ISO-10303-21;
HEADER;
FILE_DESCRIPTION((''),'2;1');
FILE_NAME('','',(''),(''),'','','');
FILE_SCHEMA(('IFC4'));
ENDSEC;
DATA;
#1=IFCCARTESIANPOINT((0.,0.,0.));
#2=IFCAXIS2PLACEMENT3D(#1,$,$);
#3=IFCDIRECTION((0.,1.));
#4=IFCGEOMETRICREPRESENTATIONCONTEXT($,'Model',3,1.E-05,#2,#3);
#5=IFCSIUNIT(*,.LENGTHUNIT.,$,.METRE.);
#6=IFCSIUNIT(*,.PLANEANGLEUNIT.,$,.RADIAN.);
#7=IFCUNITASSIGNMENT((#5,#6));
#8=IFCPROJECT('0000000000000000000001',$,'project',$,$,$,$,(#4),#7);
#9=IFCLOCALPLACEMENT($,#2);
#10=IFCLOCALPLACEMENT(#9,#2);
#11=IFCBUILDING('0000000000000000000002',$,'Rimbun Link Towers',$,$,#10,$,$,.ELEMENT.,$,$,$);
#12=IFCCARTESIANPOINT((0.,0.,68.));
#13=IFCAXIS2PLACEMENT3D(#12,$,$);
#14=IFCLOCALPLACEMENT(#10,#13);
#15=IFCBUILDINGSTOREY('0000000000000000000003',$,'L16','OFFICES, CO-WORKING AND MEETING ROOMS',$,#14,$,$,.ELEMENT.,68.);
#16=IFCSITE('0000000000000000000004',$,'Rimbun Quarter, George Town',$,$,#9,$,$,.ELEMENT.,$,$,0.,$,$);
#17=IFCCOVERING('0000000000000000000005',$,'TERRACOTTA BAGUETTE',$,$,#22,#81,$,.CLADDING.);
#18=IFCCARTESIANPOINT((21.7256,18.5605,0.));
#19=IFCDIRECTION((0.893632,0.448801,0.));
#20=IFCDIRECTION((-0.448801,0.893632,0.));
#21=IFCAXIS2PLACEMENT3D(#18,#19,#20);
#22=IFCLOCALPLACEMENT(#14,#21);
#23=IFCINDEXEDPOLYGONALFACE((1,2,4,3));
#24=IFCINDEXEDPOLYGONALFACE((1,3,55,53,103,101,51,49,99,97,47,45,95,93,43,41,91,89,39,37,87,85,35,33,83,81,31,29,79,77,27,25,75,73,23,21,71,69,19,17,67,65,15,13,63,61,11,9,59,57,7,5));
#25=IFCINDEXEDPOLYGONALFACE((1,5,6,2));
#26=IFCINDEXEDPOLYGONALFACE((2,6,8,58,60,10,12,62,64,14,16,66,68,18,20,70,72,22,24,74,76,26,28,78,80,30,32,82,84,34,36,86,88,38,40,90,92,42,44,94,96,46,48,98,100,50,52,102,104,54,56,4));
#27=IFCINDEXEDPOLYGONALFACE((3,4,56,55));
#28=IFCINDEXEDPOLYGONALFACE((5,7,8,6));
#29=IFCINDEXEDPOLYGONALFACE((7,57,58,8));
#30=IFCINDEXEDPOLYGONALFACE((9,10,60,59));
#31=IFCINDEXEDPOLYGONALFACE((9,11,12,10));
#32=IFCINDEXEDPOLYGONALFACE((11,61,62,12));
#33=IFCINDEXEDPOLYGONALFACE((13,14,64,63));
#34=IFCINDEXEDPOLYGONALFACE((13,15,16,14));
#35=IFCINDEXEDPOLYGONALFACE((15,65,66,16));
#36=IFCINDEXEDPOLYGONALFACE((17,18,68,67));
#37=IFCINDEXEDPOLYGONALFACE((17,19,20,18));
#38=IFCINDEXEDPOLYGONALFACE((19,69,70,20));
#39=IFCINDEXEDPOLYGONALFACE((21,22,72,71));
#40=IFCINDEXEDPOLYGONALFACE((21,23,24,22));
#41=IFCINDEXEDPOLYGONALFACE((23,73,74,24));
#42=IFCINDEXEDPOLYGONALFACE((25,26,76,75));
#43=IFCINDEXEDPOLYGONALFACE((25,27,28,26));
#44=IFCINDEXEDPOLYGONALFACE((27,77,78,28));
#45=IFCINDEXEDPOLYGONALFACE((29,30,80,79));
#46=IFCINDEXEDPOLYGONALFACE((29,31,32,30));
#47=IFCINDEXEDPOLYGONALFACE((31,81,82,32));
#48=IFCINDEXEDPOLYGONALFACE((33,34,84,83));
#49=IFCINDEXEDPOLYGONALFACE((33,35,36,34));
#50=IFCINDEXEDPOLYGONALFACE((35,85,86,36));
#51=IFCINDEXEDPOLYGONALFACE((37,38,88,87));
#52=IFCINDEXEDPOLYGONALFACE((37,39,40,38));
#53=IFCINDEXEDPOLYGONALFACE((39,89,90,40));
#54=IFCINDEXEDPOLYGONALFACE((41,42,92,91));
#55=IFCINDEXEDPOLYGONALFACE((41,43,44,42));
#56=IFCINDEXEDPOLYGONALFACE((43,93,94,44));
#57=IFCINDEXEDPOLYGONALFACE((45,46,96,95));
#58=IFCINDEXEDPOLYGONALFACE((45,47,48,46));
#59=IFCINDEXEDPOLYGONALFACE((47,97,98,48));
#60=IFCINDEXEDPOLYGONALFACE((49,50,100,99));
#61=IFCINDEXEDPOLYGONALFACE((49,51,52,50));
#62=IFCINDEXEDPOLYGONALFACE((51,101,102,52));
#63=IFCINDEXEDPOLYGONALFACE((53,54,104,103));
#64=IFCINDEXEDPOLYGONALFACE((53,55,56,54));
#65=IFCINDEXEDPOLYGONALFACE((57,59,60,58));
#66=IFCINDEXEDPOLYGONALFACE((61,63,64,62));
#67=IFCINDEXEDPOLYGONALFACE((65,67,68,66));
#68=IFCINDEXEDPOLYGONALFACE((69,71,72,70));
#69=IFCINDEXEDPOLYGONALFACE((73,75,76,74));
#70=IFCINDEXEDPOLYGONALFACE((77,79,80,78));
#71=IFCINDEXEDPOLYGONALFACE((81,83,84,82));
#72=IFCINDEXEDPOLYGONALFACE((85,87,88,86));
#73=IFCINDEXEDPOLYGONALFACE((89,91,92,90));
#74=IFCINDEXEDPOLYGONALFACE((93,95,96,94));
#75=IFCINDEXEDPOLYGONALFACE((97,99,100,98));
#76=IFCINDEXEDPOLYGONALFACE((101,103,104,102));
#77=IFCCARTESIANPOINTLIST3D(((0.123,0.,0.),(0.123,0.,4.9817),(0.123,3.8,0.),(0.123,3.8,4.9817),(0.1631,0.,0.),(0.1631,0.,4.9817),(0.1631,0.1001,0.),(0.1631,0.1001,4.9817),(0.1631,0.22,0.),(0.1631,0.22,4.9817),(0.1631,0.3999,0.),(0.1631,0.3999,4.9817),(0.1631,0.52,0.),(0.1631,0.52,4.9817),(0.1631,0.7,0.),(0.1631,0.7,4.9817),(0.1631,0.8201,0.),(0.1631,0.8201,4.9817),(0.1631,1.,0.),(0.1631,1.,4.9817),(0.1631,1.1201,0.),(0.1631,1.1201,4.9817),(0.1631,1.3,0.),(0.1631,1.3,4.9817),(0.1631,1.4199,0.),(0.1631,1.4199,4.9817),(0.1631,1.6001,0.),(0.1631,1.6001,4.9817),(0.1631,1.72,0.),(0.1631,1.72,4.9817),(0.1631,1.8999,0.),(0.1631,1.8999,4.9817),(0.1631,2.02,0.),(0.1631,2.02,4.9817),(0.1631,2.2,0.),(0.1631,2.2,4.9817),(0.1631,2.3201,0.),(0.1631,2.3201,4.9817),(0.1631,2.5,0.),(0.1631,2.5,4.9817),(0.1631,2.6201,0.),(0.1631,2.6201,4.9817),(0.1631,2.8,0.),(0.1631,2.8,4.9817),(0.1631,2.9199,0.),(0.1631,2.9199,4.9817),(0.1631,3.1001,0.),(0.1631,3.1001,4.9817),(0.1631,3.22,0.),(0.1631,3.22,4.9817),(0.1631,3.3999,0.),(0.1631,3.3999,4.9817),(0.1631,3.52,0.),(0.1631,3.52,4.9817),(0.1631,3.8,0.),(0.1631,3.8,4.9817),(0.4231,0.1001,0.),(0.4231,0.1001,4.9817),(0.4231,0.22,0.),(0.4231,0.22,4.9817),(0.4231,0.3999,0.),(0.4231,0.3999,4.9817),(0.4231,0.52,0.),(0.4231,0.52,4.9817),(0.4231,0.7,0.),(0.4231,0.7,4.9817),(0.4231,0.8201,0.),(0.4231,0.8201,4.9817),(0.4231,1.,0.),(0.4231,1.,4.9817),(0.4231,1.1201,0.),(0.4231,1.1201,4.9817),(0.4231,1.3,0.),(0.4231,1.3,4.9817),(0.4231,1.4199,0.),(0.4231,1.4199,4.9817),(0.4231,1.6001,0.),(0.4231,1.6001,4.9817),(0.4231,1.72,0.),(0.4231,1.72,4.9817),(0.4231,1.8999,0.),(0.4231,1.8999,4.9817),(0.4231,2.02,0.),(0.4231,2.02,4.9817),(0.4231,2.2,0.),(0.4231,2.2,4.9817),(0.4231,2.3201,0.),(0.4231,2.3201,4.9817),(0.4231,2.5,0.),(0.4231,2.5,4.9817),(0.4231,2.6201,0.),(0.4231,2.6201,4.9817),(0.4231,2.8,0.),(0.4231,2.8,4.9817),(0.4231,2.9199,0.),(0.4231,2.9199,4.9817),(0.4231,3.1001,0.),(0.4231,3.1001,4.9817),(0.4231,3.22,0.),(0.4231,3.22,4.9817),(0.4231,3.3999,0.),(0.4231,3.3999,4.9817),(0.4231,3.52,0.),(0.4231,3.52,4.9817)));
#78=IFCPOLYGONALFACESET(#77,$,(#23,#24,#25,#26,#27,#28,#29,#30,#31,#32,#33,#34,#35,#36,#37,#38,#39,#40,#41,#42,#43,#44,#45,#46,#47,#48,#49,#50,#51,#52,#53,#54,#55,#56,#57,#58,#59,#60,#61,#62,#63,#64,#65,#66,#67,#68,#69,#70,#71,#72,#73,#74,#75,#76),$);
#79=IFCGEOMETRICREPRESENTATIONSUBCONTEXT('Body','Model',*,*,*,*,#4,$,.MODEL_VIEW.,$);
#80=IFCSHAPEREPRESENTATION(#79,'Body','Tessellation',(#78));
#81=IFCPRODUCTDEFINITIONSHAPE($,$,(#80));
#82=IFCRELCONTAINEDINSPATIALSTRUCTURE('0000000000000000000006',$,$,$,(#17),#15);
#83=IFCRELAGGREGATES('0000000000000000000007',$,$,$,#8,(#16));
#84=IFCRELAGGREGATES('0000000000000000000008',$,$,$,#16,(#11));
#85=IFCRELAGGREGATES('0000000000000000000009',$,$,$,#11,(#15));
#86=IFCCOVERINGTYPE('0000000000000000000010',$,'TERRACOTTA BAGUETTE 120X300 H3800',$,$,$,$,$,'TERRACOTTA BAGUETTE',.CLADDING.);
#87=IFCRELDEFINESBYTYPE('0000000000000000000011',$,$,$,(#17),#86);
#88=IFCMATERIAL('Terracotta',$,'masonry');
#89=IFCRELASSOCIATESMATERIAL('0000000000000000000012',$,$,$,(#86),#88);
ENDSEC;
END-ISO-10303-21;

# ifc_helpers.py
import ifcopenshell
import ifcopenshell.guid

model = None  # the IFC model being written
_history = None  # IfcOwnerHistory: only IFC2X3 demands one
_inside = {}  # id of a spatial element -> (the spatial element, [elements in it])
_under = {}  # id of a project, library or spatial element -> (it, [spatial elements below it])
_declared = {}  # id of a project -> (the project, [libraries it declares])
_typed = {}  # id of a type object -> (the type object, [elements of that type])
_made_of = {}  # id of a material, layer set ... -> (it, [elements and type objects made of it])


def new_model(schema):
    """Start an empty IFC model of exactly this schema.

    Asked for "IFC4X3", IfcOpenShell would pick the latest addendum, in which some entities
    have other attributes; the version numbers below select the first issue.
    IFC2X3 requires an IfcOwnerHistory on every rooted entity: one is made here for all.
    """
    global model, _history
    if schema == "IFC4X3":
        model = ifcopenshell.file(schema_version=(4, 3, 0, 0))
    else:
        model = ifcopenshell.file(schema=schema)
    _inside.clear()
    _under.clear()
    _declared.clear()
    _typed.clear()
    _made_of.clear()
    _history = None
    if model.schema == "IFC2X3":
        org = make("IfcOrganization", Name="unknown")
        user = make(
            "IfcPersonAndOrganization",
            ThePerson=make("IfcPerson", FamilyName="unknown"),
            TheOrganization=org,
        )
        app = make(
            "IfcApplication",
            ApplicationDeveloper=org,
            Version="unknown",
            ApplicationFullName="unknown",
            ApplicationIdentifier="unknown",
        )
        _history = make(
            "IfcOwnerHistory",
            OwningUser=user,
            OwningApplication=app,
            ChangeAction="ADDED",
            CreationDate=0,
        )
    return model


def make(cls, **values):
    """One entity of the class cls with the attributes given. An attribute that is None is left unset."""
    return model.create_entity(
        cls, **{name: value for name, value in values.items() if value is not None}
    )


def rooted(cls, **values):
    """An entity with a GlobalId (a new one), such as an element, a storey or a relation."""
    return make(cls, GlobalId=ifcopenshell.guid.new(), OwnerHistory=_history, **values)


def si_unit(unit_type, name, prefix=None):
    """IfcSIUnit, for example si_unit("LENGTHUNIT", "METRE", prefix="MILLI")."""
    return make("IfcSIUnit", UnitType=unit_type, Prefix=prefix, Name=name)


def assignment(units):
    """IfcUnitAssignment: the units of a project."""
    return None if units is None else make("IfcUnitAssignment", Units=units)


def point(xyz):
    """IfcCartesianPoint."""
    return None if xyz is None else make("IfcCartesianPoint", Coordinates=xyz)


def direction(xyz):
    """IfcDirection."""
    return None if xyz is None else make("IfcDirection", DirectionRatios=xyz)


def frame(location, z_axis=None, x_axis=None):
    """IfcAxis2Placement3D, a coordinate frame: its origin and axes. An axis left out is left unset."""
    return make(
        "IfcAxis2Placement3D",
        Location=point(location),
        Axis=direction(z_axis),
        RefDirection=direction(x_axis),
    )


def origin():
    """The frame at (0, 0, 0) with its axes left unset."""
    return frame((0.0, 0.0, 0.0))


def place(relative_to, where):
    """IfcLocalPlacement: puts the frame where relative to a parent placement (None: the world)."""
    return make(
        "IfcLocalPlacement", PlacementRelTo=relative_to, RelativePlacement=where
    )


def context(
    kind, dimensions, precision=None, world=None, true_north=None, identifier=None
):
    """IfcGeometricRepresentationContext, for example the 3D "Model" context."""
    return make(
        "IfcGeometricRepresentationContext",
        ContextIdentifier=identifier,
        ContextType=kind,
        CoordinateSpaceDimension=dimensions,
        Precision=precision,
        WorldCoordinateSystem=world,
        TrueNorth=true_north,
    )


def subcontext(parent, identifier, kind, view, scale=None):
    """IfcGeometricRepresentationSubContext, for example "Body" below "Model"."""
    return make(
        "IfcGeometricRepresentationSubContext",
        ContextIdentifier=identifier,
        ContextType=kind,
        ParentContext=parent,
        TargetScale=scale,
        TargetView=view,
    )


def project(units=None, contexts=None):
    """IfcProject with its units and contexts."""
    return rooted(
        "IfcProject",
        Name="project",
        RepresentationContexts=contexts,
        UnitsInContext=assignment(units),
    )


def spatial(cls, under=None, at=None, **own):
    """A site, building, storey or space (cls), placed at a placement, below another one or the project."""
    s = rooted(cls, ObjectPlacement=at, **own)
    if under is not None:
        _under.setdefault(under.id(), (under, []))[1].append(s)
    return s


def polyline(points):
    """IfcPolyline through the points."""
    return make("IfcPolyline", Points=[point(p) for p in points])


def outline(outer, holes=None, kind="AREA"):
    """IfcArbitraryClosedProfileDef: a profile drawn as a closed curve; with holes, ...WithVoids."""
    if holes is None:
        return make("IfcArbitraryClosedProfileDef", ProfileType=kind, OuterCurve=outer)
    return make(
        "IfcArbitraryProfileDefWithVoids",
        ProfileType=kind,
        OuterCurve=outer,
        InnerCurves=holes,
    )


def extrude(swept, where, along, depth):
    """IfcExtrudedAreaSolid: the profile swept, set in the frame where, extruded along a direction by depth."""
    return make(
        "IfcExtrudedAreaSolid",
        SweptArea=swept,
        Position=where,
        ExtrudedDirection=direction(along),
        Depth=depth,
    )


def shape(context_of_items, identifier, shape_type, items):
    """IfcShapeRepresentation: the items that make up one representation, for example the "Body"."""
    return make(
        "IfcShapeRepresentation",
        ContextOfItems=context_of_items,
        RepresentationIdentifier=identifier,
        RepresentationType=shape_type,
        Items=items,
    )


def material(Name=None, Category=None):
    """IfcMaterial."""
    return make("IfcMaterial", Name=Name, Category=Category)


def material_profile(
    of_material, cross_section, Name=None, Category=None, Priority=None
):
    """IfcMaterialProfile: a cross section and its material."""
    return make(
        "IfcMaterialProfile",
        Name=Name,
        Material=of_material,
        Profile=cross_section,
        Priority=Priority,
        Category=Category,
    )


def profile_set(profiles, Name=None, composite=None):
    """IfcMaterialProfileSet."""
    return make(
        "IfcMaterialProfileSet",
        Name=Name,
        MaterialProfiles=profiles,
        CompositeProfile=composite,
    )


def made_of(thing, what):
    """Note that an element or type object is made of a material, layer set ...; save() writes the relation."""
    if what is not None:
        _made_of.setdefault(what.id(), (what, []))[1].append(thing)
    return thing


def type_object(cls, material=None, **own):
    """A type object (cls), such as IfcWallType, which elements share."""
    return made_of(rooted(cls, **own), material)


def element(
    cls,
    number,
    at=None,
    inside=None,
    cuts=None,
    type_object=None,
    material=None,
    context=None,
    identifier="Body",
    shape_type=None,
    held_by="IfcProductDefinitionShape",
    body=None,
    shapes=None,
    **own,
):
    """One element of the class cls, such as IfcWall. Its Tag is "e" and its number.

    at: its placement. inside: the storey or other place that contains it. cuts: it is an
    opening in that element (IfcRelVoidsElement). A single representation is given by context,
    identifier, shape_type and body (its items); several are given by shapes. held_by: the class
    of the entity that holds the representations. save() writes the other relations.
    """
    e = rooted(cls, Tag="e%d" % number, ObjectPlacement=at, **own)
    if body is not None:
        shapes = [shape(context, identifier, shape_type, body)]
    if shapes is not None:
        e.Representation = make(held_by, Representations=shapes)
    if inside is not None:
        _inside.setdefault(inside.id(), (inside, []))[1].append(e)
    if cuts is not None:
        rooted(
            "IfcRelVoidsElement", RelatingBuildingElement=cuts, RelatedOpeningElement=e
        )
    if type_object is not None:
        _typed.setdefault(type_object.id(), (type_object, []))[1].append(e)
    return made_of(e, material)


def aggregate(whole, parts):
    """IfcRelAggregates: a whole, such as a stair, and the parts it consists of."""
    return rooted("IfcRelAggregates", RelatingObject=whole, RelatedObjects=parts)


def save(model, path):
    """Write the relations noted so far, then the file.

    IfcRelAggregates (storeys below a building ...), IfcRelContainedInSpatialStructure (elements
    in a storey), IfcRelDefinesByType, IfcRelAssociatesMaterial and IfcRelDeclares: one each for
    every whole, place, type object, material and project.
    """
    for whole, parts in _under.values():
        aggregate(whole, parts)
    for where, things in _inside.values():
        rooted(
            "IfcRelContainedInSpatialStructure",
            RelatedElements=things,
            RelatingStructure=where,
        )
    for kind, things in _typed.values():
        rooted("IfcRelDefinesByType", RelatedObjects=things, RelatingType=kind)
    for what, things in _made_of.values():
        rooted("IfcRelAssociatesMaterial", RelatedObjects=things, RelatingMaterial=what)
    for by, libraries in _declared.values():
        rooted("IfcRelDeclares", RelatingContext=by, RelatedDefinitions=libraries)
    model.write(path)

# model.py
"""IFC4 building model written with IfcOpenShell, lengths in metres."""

from ifc_helpers import new_model, si_unit, direction, frame, origin, place, context, subcontext, project, spatial, polyline, outline, extrude, material, material_profile, profile_set, type_object, element, save


model = new_model("IFC4")

# Units and contexts
model_context = context("Model", 3, precision=1e-05, world=origin(), true_north=direction((0.0, 1.0)))
body_context = subcontext(model_context, "Body", "Model", "MODEL_VIEW")
ifc_project = project(units=[si_unit("LENGTHUNIT", "METRE"), si_unit("PLANEANGLEUNIT", "RADIAN")], contexts=[model_context])

# Site, building, storey
site_placement = place(None, origin())
site = spatial("IfcSite", under=ifc_project, at=site_placement, Name="Rimbun Quarter, George Town", CompositionType="ELEMENT", RefElevation=0.0)
building_placement = place(site_placement, origin())
building = spatial("IfcBuilding", under=site, at=building_placement, Name="Rimbun Link Towers", CompositionType="ELEMENT")
storey_placement = place(building_placement, frame((0.0, 0.0, 68.0)))
storey = spatial("IfcBuildingStorey", under=building, at=storey_placement, Name="L16", Description="OFFICES, CO-WORKING AND MEETING ROOMS", CompositionType="ELEMENT", Elevation=68.0)

# Covering
ifc_material_1 = material(Name="Terracotta", Category="masonry")
ifc_material_profile_1 = material_profile(ifc_material_1, outline(polyline([(0.123, 0.0), (0.1631, 0.0), (0.1631, 0.1001), (0.4231, 0.1001), (0.4231, 0.22), (0.1631, 0.22), (0.1631, 0.3999), (0.4231, 0.3999), (0.4231, 0.52), (0.1631, 0.52), (0.1631, 0.7), (0.4231, 0.7), (0.4231, 0.8201), (0.1631, 0.8201), (0.1631, 1.0), (0.4231, 1.0), (0.4231, 1.1201), (0.1631, 1.1201), (0.1631, 1.3), (0.4231, 1.3), (0.4231, 1.4199), (0.1631, 1.4199), (0.1631, 1.6001), (0.4231, 1.6001), (0.4231, 1.72), (0.1631, 1.72), (0.1631, 1.8999), (0.4231, 1.8999), (0.4231, 2.02), (0.1631, 2.02), (0.1631, 2.2), (0.4231, 2.2), (0.4231, 2.3201), (0.1631, 2.3201), (0.1631, 2.5), (0.4231, 2.5), (0.4231, 2.6201), (0.1631, 2.6201), (0.1631, 2.8), (0.4231, 2.8), (0.4231, 2.9199), (0.1631, 2.9199), (0.1631, 3.1001), (0.4231, 3.1001), (0.4231, 3.22), (0.1631, 3.22), (0.1631, 3.3999), (0.4231, 3.3999), (0.4231, 3.52), (0.1631, 3.52), (0.1631, 3.8), (0.123, 3.8), (0.123, 0.0)])), Name="BAGUETTE 120X300")
ifc_profile_set_1 = profile_set([ifc_material_profile_1], Name="Terracotta")
covering_type = type_object("IfcCoveringType", Name="TERRACOTTA BAGUETTE 120X300 H3800", ElementType="TERRACOTTA BAGUETTE", PredefinedType="CLADDING", material=ifc_profile_set_1)
covering_1_placement = place(storey_placement, frame((21.7256, 18.5605, 0.0), z_axis=(0.893632, 0.448801, 0.0), x_axis=(-0.448801, 0.893632, 0.0)))
element("IfcCovering", 1, at=covering_1_placement, inside=storey, type_object=covering_type, Name="TERRACOTTA BAGUETTE", PredefinedType="CLADDING", context=body_context, shape_type="SweptSolid", body=[
    extrude(outline(polyline([(0.123, 0.0), (0.1631, 0.0), (0.1631, 0.1001), (0.4231, 0.1001), (0.4231, 0.22), (0.1631, 0.22), (0.1631, 0.3999), (0.4231, 0.3999), (0.4231, 0.52), (0.1631, 0.52), (0.1631, 0.7), (0.4231, 0.7), (0.4231, 0.8201), (0.1631, 0.8201), (0.1631, 1.0), (0.4231, 1.0), (0.4231, 1.1201), (0.1631, 1.1201), (0.1631, 1.3), (0.4231, 1.3), (0.4231, 1.4199), (0.1631, 1.4199), (0.1631, 1.6001), (0.4231, 1.6001), (0.4231, 1.72), (0.1631, 1.72), (0.1631, 1.8999), (0.4231, 1.8999), (0.4231, 2.02), (0.1631, 2.02), (0.1631, 2.2), (0.4231, 2.2), (0.4231, 2.3201), (0.1631, 2.3201), (0.1631, 2.5), (0.4231, 2.5), (0.4231, 2.6201), (0.1631, 2.6201), (0.1631, 2.8), (0.4231, 2.8), (0.4231, 2.9199), (0.1631, 2.9199), (0.1631, 3.1001), (0.4231, 3.1001), (0.4231, 3.22), (0.1631, 3.22), (0.1631, 3.3999), (0.4231, 3.3999), (0.4231, 3.52), (0.1631, 3.52), (0.1631, 3.8), (0.123, 3.8), (0.123, 0.0)])), origin(), (0.0, 0.0, 1.0), 4.9817),
])

save(model, "model.ifc")
